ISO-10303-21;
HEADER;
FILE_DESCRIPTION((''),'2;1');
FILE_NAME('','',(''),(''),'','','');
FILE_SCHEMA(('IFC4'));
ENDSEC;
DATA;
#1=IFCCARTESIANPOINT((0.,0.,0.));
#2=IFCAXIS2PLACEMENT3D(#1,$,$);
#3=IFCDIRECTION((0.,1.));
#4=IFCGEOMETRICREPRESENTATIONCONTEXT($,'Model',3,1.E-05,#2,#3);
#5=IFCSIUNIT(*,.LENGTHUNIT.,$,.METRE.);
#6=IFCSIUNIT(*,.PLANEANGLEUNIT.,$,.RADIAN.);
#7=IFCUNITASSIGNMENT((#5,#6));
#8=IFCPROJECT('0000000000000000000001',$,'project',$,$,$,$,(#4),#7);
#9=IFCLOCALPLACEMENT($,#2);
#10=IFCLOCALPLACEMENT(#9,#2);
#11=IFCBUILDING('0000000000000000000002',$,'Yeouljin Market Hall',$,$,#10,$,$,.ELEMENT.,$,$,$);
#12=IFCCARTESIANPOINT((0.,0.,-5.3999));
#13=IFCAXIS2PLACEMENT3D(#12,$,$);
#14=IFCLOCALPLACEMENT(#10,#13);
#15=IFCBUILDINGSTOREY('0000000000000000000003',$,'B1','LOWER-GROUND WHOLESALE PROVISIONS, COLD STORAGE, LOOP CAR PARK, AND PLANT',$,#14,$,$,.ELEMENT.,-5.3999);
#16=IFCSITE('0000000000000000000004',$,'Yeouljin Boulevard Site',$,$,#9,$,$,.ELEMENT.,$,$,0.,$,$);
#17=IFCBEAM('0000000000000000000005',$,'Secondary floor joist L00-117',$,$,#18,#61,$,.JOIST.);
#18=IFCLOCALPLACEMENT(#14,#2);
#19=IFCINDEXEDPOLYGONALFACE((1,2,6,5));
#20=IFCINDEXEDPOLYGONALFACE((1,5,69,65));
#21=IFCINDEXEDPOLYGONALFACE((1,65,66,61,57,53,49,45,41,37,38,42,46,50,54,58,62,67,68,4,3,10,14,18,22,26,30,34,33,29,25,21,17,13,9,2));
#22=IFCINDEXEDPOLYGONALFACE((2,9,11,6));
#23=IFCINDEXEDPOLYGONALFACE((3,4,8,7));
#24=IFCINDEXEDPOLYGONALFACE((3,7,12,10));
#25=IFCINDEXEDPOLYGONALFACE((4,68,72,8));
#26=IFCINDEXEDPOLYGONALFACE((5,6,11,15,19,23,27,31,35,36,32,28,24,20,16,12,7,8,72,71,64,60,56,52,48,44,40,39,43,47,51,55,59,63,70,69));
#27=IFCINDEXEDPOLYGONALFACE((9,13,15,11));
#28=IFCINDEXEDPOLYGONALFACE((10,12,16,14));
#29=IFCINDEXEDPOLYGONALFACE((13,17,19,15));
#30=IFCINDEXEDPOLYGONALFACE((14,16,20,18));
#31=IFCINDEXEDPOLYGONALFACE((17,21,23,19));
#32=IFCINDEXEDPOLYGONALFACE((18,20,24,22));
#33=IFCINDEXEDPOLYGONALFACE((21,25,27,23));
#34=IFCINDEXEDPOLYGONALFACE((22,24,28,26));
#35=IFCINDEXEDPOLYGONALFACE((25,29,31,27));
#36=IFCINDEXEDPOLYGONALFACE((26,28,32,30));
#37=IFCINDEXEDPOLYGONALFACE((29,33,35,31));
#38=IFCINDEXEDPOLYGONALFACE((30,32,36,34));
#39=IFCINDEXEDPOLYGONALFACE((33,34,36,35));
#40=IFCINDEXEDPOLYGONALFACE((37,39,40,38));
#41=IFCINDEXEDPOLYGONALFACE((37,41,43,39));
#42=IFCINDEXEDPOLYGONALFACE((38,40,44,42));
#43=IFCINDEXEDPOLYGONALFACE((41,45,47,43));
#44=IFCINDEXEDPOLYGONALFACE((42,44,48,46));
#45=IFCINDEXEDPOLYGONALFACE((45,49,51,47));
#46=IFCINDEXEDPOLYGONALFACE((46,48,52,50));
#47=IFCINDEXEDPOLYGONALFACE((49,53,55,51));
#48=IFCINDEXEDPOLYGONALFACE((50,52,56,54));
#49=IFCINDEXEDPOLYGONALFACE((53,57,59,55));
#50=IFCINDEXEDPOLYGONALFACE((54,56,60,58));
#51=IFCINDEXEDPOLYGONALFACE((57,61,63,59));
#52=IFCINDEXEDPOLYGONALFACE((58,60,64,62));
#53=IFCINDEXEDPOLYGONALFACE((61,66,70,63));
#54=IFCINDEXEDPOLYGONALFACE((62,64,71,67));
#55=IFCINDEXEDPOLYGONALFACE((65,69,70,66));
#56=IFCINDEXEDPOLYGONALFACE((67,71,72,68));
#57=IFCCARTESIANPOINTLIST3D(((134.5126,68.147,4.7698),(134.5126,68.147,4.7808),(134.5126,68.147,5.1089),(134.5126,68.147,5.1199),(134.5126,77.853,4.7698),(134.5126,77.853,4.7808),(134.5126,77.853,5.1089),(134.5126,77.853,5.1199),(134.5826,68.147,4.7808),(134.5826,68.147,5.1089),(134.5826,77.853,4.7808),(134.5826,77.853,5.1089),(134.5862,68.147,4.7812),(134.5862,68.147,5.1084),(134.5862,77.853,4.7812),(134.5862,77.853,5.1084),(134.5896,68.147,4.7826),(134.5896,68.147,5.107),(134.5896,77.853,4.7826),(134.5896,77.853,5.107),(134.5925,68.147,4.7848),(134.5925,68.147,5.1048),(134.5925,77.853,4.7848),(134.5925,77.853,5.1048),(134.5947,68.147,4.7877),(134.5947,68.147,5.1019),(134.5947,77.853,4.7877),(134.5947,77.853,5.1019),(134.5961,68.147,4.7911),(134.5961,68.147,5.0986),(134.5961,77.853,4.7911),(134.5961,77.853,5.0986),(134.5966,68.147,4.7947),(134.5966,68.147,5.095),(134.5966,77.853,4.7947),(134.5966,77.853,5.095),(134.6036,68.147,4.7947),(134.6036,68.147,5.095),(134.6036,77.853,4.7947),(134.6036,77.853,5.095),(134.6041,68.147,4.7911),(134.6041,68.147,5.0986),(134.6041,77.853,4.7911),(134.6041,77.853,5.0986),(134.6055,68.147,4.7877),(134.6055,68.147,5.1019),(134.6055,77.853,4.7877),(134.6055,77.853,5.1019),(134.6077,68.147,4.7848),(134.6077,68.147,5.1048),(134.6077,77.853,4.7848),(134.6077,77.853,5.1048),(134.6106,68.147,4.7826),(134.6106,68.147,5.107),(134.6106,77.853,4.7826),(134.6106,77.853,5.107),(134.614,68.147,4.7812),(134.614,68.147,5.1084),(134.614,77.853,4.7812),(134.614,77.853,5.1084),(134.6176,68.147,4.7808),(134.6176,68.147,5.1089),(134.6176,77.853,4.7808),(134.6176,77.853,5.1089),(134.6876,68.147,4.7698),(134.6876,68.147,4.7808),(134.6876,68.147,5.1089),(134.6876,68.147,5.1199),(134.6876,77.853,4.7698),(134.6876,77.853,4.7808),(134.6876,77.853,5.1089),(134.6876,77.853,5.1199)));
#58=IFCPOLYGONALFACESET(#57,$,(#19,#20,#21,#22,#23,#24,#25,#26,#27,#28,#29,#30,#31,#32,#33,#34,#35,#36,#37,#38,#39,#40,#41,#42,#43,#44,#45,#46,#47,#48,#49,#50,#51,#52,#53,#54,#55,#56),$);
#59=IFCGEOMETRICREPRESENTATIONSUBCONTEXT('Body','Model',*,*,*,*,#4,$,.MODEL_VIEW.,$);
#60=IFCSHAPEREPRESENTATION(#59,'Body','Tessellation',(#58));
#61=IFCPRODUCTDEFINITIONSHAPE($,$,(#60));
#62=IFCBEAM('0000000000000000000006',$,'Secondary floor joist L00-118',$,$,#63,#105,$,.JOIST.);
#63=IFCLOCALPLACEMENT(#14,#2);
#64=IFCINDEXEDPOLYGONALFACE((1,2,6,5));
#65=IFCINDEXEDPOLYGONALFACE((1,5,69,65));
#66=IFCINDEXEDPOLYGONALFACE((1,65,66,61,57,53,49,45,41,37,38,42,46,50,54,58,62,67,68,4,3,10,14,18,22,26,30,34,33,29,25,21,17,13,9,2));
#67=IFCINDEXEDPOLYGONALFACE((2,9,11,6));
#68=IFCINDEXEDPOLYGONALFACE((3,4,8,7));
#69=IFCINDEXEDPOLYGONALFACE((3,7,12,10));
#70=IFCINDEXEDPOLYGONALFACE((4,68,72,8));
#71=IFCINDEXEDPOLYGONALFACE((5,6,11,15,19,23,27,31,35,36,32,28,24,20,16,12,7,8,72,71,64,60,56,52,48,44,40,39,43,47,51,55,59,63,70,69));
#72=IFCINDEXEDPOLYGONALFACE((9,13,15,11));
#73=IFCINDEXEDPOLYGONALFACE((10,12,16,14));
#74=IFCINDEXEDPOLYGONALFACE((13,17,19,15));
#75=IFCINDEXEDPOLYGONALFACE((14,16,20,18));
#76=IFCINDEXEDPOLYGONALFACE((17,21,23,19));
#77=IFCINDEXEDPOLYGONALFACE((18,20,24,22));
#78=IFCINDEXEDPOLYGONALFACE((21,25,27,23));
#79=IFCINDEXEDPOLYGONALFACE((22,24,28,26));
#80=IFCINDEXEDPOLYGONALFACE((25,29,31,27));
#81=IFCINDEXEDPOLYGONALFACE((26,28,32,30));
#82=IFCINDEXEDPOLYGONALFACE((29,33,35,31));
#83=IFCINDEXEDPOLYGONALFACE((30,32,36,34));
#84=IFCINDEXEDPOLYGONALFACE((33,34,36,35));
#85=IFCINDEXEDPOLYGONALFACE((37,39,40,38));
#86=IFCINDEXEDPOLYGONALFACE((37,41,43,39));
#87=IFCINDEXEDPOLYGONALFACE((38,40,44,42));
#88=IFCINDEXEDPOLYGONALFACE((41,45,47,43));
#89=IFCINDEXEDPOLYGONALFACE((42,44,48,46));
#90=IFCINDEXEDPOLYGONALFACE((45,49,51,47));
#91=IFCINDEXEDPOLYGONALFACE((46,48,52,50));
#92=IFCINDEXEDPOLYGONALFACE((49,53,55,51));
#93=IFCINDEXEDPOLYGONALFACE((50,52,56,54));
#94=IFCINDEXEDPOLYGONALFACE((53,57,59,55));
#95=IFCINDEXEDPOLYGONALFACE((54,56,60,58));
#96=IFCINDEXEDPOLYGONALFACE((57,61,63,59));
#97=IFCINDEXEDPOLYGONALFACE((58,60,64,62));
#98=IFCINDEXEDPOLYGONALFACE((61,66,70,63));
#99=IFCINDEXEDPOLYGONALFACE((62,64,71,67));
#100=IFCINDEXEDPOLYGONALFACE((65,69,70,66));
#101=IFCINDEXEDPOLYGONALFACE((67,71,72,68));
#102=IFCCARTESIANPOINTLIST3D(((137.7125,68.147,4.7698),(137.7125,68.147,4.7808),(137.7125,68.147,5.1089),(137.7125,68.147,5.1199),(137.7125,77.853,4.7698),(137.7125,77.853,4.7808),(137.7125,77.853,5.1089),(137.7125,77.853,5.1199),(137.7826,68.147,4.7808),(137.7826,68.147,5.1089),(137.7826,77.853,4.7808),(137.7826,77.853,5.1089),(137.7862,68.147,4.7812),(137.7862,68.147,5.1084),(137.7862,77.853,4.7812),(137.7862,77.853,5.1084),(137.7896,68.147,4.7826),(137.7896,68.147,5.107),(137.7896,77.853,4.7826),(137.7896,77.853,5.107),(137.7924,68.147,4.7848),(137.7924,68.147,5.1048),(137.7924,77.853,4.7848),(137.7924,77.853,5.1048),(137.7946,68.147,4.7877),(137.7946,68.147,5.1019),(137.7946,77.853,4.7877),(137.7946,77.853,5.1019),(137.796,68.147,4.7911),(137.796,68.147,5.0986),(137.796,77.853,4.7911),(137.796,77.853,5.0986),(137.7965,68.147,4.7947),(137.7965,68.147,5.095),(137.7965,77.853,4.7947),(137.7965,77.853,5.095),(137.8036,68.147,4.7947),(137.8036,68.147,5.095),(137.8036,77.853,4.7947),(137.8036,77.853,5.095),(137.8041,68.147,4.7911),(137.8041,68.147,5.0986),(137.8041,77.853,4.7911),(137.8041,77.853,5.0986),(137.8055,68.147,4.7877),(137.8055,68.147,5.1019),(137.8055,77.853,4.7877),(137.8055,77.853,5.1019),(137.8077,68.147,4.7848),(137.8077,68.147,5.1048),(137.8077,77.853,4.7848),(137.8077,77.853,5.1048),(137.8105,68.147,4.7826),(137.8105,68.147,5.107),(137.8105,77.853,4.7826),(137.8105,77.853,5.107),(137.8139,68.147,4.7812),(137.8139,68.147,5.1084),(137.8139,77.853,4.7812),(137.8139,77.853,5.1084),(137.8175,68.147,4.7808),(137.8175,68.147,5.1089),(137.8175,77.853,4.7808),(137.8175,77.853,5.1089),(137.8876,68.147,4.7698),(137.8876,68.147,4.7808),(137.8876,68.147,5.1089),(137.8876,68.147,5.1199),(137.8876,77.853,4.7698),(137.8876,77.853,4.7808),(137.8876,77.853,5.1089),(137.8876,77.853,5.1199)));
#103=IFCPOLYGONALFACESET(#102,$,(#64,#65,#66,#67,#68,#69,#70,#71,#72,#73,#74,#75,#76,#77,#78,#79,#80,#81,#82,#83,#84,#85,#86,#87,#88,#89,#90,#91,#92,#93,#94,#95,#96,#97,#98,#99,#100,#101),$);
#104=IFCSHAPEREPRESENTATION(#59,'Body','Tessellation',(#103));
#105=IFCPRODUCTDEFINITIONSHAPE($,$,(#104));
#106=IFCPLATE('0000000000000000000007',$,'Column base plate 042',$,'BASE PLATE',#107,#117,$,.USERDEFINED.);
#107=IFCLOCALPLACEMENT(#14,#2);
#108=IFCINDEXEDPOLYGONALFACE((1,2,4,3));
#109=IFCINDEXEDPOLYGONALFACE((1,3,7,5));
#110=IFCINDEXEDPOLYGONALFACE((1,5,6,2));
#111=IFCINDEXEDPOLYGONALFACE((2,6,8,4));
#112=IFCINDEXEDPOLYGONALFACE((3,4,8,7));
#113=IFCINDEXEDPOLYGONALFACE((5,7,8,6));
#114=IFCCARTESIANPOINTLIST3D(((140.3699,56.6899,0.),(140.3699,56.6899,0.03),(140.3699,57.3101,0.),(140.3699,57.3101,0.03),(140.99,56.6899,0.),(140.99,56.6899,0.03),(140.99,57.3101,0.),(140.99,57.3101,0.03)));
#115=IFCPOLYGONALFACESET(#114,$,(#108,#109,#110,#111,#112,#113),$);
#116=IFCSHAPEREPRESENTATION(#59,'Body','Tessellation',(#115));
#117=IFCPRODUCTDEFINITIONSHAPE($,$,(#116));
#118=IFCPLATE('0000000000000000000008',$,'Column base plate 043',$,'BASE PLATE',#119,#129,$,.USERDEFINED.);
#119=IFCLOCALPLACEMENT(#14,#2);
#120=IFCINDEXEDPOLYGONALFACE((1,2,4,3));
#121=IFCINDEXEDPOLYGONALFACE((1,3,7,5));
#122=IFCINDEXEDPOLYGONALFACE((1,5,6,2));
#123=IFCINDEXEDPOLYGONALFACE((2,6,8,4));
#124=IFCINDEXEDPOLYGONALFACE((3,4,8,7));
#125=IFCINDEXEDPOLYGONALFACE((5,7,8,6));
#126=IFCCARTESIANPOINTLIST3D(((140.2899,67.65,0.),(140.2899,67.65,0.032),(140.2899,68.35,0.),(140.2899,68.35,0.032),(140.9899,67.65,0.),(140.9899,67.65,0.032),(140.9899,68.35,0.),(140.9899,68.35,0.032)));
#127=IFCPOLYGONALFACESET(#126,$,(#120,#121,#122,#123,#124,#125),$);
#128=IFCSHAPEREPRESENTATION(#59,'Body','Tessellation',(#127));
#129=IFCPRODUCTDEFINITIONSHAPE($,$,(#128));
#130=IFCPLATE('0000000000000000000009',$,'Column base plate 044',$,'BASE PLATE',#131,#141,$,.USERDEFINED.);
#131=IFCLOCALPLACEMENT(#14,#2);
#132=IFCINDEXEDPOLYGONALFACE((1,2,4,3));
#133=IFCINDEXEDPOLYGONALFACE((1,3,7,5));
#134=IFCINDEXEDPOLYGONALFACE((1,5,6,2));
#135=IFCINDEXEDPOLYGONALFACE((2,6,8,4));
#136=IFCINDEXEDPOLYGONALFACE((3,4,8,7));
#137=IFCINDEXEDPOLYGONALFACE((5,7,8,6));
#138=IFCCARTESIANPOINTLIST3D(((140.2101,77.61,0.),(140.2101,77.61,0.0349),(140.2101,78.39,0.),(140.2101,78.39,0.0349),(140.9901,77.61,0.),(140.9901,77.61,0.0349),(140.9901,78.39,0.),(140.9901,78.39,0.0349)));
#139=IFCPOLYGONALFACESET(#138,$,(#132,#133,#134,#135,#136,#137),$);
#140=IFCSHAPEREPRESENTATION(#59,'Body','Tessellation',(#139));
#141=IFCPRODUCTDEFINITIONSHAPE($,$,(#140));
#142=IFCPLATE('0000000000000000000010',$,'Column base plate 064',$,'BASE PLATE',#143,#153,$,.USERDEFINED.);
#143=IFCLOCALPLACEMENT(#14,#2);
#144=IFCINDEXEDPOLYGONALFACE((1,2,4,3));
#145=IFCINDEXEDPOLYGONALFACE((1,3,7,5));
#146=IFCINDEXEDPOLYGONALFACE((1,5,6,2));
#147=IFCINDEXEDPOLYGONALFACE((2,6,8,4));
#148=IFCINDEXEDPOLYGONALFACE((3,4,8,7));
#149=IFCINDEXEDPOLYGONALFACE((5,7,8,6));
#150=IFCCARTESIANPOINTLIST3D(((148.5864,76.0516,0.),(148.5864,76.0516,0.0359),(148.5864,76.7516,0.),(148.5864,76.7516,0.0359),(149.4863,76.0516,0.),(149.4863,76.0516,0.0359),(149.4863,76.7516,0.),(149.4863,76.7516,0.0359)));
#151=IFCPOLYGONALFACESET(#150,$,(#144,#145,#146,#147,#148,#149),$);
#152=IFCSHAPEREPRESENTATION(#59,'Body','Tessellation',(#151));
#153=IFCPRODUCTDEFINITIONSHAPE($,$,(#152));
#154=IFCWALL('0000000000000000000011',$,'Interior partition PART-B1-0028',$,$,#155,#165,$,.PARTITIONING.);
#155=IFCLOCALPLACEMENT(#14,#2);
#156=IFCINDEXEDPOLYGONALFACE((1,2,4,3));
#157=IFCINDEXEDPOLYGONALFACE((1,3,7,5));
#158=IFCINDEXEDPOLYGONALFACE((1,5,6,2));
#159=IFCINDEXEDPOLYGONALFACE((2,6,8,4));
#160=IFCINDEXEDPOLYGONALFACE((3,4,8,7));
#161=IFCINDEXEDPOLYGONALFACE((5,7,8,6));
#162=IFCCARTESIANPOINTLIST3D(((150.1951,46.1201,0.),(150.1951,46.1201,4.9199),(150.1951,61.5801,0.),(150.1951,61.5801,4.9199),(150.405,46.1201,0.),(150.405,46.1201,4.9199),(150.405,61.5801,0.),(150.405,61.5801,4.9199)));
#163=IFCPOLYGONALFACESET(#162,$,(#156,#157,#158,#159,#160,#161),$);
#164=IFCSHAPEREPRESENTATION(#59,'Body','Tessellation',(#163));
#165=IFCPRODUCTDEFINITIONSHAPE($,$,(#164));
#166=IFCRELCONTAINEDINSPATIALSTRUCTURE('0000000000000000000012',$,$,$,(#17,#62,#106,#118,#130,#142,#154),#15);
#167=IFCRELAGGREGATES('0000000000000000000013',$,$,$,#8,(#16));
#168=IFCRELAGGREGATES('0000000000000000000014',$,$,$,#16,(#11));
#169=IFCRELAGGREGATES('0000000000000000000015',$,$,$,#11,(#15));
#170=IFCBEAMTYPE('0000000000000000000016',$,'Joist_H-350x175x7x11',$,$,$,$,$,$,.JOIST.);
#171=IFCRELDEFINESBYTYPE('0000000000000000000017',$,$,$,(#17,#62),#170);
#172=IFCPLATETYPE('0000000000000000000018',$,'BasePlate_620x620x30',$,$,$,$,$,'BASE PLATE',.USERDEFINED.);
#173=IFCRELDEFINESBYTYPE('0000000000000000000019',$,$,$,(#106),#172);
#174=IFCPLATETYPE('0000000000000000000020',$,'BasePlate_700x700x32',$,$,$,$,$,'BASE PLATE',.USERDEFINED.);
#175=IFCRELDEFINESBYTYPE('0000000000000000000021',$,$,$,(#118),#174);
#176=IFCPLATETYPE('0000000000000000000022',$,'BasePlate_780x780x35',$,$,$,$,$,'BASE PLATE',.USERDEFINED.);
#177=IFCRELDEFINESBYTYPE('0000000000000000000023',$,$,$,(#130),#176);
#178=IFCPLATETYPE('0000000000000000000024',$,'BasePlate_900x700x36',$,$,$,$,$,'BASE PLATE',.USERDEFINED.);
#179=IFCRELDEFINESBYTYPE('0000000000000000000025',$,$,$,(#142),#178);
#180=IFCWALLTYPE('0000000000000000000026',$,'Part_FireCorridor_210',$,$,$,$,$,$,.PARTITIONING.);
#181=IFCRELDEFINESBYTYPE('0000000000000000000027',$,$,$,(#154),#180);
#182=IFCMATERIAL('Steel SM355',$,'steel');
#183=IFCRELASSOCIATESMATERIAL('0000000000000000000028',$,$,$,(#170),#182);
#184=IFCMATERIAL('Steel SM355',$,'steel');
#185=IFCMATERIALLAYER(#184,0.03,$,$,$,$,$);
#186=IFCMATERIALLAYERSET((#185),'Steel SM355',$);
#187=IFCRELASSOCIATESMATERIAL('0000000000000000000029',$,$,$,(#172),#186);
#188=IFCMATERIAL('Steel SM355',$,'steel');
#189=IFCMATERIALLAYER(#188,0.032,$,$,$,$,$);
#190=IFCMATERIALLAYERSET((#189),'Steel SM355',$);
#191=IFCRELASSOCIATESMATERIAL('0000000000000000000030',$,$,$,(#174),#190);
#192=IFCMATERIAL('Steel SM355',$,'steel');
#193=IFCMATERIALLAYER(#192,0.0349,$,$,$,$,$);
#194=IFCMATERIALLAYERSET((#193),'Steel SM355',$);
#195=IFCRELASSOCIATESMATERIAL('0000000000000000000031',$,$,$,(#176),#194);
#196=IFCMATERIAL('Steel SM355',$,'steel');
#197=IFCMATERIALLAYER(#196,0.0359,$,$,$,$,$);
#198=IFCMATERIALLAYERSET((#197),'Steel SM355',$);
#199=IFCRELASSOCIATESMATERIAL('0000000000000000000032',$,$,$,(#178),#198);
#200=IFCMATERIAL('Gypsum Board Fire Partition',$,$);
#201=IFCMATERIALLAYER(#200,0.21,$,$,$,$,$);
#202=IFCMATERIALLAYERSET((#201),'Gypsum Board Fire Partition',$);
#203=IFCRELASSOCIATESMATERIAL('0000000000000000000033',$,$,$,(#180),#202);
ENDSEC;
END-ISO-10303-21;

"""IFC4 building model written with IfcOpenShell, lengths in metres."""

from ifc_helpers import new_model, si_unit, direction, frame, frame_2d, origin, origin_2d, place, context, subcontext, project, spatial, rectangle, i_section, extrude, material, layer, layer_set, material_profile, profile_set, type_object, element, save


model = new_model("IFC4")

# Units and contexts
model_context = context("Model", 3, precision=1e-05, world=origin(), true_north=direction((0.0, 1.0)))
body_context = subcontext(model_context, "Body", "Model", "MODEL_VIEW")
ifc_project = project(units=[si_unit("LENGTHUNIT", "METRE"), si_unit("PLANEANGLEUNIT", "RADIAN")], contexts=[model_context])

# Site, building, storey
site_placement = place(None, origin())
site = spatial("IfcSite", under=ifc_project, at=site_placement, Name="Yeouljin Boulevard Site", CompositionType="ELEMENT", RefElevation=0.0)
building_placement = place(site_placement, origin())
building = spatial("IfcBuilding", under=site, at=building_placement, Name="Yeouljin Market Hall", CompositionType="ELEMENT")
storey_placement = place(building_placement, frame((0.0, 0.0, -5.3999)))
storey = spatial("IfcBuildingStorey", under=building, at=storey_placement, Name="B1", Description="LOWER-GROUND WHOLESALE PROVISIONS, COLD STORAGE, LOOP CAR PARK, AND PLANT", CompositionType="ELEMENT", Elevation=-5.3999)

# Beams
ifc_material_1 = material(Name="Steel SM355", Category="steel")
ifc_material_profile_1 = material_profile(ifc_material_1, i_section(OverallWidth=0.175, OverallDepth=0.3501, WebThickness=0.0071, FlangeThickness=0.011, FilletRadius=0.0139, at=origin_2d()), Name="H-350x175x7x11")
ifc_profile_set_1 = profile_set([ifc_material_profile_1], Name="Steel SM355")
beam_type_1 = type_object("IfcBeamType", Name="Joist_H-350x175x7x11", PredefinedType="JOIST", material=ifc_profile_set_1)
for number, where, z_axis, x_axis, name in (
    (1, (134.6001, 68.147, 4.9448), (0.0, 1.0, 0.0), (-1.0, 0.0, 0.0), "Secondary floor joist L00-117"),
    (2, (137.8, 68.147, 4.9448), (0.0, 1.0, 0.0), (-1.0, 0.0, 0.0), "Secondary floor joist L00-118"),
):
    element("IfcBeam", number, at=place(storey_placement, frame(where, z_axis=z_axis, x_axis=x_axis)), inside=storey, type_object=beam_type_1, Name=name, PredefinedType="JOIST", context=body_context, shape_type="SweptSolid", body=[
        extrude(i_section(OverallWidth=0.175, OverallDepth=0.3501, WebThickness=0.0071, FlangeThickness=0.011, FilletRadius=0.0139, at=origin_2d()), origin(), (0.0, 0.0, 1.0), 9.7061),
    ])

# Plates
ifc_material_2 = material(Name="Steel SM355", Category="steel")
ifc_layer_1 = layer(ifc_material_2, 0.03)
ifc_layer_set_1 = layer_set([ifc_layer_1], Name="Steel SM355")
plate_type_1 = type_object("IfcPlateType", Name="BasePlate_620x620x30", ElementType="BASE PLATE", PredefinedType="USERDEFINED", material=ifc_layer_set_1)
plate_1_placement = place(storey_placement, frame((140.6799, 57.0, 0.0), z_axis=(0.0, 0.0, 1.0), x_axis=(1.0, 0.0, 0.0)))
element("IfcPlate", 3, at=plate_1_placement, inside=storey, type_object=plate_type_1, Name="Column base plate 042", ObjectType="BASE PLATE", PredefinedType="USERDEFINED", context=body_context, shape_type="SweptSolid", body=[
    extrude(rectangle(XDim=0.6201, YDim=0.6201, at=origin_2d()), origin(), (0.0, 0.0, 1.0), 0.03),
])
ifc_material_3 = material(Name="Steel SM355", Category="steel")
ifc_layer_2 = layer(ifc_material_3, 0.032)
ifc_layer_set_2 = layer_set([ifc_layer_2], Name="Steel SM355")
plate_type_2 = type_object("IfcPlateType", Name="BasePlate_700x700x32", ElementType="BASE PLATE", PredefinedType="USERDEFINED", material=ifc_layer_set_2)
plate_2_placement = place(storey_placement, frame((140.6399, 68.0, 0.0), z_axis=(0.0, 0.0, 1.0), x_axis=(1.0, 0.0, 0.0)))
element("IfcPlate", 4, at=plate_2_placement, inside=storey, type_object=plate_type_2, Name="Column base plate 043", ObjectType="BASE PLATE", PredefinedType="USERDEFINED", context=body_context, shape_type="SweptSolid", body=[
    extrude(rectangle(XDim=0.7, YDim=0.7, at=origin_2d()), origin(), (0.0, 0.0, 1.0), 0.032),
])
ifc_material_4 = material(Name="Steel SM355", Category="steel")
ifc_layer_3 = layer(ifc_material_4, 0.0349)
ifc_layer_set_3 = layer_set([ifc_layer_3], Name="Steel SM355")
plate_type_3 = type_object("IfcPlateType", Name="BasePlate_780x780x35", ElementType="BASE PLATE", PredefinedType="USERDEFINED", material=ifc_layer_set_3)
plate_3_placement = place(storey_placement, frame((140.6001, 78.0, 0.0), z_axis=(0.0, 0.0, 1.0), x_axis=(1.0, 0.0, 0.0)))
element("IfcPlate", 5, at=plate_3_placement, inside=storey, type_object=plate_type_3, Name="Column base plate 044", ObjectType="BASE PLATE", PredefinedType="USERDEFINED", context=body_context, shape_type="SweptSolid", body=[
    extrude(rectangle(XDim=0.78, YDim=0.78, at=origin_2d()), origin(), (0.0, 0.0, 1.0), 0.0349),
])
ifc_material_5 = material(Name="Steel SM355", Category="steel")
ifc_layer_4 = layer(ifc_material_5, 0.0359)
ifc_layer_set_4 = layer_set([ifc_layer_4], Name="Steel SM355")
plate_type_4 = type_object("IfcPlateType", Name="BasePlate_900x700x36", ElementType="BASE PLATE", PredefinedType="USERDEFINED", material=ifc_layer_set_4)
plate_4_placement = place(storey_placement, frame((149.0364, 76.4016, 0.0), z_axis=(0.0, 0.0, 1.0), x_axis=(1.0, 0.0, 0.0)))
element("IfcPlate", 6, at=plate_4_placement, inside=storey, type_object=plate_type_4, Name="Column base plate 064", ObjectType="BASE PLATE", PredefinedType="USERDEFINED", context=body_context, shape_type="SweptSolid", body=[
    extrude(rectangle(XDim=0.8999, YDim=0.7, at=origin_2d()), origin(), (0.0, 0.0, 1.0), 0.0359),
])

# Wall
ifc_material_6 = material(Name="Gypsum Board Fire Partition")
ifc_layer_5 = layer(ifc_material_6, 0.21)
ifc_layer_set_5 = layer_set([ifc_layer_5], Name="Gypsum Board Fire Partition")
wall_type = type_object("IfcWallType", Name="Part_FireCorridor_210", PredefinedType="PARTITIONING", material=ifc_layer_set_5)
wall_placement = place(storey_placement, frame((150.3, 61.5801, 0.0), z_axis=(0.0, 0.0, 1.0), x_axis=(0.0, -1.0, 0.0)))
element("IfcWall", 7, at=wall_placement, inside=storey, type_object=wall_type, Name="Interior partition PART-B1-0028", PredefinedType="PARTITIONING", context=body_context, shape_type="SweptSolid", body=[
    extrude(rectangle(XDim=15.46, YDim=0.21, at=frame_2d((7.73, 0.0))), origin(), (0.0, 0.0, 1.0), 4.9199),
])

save(model, "model.ifc")
